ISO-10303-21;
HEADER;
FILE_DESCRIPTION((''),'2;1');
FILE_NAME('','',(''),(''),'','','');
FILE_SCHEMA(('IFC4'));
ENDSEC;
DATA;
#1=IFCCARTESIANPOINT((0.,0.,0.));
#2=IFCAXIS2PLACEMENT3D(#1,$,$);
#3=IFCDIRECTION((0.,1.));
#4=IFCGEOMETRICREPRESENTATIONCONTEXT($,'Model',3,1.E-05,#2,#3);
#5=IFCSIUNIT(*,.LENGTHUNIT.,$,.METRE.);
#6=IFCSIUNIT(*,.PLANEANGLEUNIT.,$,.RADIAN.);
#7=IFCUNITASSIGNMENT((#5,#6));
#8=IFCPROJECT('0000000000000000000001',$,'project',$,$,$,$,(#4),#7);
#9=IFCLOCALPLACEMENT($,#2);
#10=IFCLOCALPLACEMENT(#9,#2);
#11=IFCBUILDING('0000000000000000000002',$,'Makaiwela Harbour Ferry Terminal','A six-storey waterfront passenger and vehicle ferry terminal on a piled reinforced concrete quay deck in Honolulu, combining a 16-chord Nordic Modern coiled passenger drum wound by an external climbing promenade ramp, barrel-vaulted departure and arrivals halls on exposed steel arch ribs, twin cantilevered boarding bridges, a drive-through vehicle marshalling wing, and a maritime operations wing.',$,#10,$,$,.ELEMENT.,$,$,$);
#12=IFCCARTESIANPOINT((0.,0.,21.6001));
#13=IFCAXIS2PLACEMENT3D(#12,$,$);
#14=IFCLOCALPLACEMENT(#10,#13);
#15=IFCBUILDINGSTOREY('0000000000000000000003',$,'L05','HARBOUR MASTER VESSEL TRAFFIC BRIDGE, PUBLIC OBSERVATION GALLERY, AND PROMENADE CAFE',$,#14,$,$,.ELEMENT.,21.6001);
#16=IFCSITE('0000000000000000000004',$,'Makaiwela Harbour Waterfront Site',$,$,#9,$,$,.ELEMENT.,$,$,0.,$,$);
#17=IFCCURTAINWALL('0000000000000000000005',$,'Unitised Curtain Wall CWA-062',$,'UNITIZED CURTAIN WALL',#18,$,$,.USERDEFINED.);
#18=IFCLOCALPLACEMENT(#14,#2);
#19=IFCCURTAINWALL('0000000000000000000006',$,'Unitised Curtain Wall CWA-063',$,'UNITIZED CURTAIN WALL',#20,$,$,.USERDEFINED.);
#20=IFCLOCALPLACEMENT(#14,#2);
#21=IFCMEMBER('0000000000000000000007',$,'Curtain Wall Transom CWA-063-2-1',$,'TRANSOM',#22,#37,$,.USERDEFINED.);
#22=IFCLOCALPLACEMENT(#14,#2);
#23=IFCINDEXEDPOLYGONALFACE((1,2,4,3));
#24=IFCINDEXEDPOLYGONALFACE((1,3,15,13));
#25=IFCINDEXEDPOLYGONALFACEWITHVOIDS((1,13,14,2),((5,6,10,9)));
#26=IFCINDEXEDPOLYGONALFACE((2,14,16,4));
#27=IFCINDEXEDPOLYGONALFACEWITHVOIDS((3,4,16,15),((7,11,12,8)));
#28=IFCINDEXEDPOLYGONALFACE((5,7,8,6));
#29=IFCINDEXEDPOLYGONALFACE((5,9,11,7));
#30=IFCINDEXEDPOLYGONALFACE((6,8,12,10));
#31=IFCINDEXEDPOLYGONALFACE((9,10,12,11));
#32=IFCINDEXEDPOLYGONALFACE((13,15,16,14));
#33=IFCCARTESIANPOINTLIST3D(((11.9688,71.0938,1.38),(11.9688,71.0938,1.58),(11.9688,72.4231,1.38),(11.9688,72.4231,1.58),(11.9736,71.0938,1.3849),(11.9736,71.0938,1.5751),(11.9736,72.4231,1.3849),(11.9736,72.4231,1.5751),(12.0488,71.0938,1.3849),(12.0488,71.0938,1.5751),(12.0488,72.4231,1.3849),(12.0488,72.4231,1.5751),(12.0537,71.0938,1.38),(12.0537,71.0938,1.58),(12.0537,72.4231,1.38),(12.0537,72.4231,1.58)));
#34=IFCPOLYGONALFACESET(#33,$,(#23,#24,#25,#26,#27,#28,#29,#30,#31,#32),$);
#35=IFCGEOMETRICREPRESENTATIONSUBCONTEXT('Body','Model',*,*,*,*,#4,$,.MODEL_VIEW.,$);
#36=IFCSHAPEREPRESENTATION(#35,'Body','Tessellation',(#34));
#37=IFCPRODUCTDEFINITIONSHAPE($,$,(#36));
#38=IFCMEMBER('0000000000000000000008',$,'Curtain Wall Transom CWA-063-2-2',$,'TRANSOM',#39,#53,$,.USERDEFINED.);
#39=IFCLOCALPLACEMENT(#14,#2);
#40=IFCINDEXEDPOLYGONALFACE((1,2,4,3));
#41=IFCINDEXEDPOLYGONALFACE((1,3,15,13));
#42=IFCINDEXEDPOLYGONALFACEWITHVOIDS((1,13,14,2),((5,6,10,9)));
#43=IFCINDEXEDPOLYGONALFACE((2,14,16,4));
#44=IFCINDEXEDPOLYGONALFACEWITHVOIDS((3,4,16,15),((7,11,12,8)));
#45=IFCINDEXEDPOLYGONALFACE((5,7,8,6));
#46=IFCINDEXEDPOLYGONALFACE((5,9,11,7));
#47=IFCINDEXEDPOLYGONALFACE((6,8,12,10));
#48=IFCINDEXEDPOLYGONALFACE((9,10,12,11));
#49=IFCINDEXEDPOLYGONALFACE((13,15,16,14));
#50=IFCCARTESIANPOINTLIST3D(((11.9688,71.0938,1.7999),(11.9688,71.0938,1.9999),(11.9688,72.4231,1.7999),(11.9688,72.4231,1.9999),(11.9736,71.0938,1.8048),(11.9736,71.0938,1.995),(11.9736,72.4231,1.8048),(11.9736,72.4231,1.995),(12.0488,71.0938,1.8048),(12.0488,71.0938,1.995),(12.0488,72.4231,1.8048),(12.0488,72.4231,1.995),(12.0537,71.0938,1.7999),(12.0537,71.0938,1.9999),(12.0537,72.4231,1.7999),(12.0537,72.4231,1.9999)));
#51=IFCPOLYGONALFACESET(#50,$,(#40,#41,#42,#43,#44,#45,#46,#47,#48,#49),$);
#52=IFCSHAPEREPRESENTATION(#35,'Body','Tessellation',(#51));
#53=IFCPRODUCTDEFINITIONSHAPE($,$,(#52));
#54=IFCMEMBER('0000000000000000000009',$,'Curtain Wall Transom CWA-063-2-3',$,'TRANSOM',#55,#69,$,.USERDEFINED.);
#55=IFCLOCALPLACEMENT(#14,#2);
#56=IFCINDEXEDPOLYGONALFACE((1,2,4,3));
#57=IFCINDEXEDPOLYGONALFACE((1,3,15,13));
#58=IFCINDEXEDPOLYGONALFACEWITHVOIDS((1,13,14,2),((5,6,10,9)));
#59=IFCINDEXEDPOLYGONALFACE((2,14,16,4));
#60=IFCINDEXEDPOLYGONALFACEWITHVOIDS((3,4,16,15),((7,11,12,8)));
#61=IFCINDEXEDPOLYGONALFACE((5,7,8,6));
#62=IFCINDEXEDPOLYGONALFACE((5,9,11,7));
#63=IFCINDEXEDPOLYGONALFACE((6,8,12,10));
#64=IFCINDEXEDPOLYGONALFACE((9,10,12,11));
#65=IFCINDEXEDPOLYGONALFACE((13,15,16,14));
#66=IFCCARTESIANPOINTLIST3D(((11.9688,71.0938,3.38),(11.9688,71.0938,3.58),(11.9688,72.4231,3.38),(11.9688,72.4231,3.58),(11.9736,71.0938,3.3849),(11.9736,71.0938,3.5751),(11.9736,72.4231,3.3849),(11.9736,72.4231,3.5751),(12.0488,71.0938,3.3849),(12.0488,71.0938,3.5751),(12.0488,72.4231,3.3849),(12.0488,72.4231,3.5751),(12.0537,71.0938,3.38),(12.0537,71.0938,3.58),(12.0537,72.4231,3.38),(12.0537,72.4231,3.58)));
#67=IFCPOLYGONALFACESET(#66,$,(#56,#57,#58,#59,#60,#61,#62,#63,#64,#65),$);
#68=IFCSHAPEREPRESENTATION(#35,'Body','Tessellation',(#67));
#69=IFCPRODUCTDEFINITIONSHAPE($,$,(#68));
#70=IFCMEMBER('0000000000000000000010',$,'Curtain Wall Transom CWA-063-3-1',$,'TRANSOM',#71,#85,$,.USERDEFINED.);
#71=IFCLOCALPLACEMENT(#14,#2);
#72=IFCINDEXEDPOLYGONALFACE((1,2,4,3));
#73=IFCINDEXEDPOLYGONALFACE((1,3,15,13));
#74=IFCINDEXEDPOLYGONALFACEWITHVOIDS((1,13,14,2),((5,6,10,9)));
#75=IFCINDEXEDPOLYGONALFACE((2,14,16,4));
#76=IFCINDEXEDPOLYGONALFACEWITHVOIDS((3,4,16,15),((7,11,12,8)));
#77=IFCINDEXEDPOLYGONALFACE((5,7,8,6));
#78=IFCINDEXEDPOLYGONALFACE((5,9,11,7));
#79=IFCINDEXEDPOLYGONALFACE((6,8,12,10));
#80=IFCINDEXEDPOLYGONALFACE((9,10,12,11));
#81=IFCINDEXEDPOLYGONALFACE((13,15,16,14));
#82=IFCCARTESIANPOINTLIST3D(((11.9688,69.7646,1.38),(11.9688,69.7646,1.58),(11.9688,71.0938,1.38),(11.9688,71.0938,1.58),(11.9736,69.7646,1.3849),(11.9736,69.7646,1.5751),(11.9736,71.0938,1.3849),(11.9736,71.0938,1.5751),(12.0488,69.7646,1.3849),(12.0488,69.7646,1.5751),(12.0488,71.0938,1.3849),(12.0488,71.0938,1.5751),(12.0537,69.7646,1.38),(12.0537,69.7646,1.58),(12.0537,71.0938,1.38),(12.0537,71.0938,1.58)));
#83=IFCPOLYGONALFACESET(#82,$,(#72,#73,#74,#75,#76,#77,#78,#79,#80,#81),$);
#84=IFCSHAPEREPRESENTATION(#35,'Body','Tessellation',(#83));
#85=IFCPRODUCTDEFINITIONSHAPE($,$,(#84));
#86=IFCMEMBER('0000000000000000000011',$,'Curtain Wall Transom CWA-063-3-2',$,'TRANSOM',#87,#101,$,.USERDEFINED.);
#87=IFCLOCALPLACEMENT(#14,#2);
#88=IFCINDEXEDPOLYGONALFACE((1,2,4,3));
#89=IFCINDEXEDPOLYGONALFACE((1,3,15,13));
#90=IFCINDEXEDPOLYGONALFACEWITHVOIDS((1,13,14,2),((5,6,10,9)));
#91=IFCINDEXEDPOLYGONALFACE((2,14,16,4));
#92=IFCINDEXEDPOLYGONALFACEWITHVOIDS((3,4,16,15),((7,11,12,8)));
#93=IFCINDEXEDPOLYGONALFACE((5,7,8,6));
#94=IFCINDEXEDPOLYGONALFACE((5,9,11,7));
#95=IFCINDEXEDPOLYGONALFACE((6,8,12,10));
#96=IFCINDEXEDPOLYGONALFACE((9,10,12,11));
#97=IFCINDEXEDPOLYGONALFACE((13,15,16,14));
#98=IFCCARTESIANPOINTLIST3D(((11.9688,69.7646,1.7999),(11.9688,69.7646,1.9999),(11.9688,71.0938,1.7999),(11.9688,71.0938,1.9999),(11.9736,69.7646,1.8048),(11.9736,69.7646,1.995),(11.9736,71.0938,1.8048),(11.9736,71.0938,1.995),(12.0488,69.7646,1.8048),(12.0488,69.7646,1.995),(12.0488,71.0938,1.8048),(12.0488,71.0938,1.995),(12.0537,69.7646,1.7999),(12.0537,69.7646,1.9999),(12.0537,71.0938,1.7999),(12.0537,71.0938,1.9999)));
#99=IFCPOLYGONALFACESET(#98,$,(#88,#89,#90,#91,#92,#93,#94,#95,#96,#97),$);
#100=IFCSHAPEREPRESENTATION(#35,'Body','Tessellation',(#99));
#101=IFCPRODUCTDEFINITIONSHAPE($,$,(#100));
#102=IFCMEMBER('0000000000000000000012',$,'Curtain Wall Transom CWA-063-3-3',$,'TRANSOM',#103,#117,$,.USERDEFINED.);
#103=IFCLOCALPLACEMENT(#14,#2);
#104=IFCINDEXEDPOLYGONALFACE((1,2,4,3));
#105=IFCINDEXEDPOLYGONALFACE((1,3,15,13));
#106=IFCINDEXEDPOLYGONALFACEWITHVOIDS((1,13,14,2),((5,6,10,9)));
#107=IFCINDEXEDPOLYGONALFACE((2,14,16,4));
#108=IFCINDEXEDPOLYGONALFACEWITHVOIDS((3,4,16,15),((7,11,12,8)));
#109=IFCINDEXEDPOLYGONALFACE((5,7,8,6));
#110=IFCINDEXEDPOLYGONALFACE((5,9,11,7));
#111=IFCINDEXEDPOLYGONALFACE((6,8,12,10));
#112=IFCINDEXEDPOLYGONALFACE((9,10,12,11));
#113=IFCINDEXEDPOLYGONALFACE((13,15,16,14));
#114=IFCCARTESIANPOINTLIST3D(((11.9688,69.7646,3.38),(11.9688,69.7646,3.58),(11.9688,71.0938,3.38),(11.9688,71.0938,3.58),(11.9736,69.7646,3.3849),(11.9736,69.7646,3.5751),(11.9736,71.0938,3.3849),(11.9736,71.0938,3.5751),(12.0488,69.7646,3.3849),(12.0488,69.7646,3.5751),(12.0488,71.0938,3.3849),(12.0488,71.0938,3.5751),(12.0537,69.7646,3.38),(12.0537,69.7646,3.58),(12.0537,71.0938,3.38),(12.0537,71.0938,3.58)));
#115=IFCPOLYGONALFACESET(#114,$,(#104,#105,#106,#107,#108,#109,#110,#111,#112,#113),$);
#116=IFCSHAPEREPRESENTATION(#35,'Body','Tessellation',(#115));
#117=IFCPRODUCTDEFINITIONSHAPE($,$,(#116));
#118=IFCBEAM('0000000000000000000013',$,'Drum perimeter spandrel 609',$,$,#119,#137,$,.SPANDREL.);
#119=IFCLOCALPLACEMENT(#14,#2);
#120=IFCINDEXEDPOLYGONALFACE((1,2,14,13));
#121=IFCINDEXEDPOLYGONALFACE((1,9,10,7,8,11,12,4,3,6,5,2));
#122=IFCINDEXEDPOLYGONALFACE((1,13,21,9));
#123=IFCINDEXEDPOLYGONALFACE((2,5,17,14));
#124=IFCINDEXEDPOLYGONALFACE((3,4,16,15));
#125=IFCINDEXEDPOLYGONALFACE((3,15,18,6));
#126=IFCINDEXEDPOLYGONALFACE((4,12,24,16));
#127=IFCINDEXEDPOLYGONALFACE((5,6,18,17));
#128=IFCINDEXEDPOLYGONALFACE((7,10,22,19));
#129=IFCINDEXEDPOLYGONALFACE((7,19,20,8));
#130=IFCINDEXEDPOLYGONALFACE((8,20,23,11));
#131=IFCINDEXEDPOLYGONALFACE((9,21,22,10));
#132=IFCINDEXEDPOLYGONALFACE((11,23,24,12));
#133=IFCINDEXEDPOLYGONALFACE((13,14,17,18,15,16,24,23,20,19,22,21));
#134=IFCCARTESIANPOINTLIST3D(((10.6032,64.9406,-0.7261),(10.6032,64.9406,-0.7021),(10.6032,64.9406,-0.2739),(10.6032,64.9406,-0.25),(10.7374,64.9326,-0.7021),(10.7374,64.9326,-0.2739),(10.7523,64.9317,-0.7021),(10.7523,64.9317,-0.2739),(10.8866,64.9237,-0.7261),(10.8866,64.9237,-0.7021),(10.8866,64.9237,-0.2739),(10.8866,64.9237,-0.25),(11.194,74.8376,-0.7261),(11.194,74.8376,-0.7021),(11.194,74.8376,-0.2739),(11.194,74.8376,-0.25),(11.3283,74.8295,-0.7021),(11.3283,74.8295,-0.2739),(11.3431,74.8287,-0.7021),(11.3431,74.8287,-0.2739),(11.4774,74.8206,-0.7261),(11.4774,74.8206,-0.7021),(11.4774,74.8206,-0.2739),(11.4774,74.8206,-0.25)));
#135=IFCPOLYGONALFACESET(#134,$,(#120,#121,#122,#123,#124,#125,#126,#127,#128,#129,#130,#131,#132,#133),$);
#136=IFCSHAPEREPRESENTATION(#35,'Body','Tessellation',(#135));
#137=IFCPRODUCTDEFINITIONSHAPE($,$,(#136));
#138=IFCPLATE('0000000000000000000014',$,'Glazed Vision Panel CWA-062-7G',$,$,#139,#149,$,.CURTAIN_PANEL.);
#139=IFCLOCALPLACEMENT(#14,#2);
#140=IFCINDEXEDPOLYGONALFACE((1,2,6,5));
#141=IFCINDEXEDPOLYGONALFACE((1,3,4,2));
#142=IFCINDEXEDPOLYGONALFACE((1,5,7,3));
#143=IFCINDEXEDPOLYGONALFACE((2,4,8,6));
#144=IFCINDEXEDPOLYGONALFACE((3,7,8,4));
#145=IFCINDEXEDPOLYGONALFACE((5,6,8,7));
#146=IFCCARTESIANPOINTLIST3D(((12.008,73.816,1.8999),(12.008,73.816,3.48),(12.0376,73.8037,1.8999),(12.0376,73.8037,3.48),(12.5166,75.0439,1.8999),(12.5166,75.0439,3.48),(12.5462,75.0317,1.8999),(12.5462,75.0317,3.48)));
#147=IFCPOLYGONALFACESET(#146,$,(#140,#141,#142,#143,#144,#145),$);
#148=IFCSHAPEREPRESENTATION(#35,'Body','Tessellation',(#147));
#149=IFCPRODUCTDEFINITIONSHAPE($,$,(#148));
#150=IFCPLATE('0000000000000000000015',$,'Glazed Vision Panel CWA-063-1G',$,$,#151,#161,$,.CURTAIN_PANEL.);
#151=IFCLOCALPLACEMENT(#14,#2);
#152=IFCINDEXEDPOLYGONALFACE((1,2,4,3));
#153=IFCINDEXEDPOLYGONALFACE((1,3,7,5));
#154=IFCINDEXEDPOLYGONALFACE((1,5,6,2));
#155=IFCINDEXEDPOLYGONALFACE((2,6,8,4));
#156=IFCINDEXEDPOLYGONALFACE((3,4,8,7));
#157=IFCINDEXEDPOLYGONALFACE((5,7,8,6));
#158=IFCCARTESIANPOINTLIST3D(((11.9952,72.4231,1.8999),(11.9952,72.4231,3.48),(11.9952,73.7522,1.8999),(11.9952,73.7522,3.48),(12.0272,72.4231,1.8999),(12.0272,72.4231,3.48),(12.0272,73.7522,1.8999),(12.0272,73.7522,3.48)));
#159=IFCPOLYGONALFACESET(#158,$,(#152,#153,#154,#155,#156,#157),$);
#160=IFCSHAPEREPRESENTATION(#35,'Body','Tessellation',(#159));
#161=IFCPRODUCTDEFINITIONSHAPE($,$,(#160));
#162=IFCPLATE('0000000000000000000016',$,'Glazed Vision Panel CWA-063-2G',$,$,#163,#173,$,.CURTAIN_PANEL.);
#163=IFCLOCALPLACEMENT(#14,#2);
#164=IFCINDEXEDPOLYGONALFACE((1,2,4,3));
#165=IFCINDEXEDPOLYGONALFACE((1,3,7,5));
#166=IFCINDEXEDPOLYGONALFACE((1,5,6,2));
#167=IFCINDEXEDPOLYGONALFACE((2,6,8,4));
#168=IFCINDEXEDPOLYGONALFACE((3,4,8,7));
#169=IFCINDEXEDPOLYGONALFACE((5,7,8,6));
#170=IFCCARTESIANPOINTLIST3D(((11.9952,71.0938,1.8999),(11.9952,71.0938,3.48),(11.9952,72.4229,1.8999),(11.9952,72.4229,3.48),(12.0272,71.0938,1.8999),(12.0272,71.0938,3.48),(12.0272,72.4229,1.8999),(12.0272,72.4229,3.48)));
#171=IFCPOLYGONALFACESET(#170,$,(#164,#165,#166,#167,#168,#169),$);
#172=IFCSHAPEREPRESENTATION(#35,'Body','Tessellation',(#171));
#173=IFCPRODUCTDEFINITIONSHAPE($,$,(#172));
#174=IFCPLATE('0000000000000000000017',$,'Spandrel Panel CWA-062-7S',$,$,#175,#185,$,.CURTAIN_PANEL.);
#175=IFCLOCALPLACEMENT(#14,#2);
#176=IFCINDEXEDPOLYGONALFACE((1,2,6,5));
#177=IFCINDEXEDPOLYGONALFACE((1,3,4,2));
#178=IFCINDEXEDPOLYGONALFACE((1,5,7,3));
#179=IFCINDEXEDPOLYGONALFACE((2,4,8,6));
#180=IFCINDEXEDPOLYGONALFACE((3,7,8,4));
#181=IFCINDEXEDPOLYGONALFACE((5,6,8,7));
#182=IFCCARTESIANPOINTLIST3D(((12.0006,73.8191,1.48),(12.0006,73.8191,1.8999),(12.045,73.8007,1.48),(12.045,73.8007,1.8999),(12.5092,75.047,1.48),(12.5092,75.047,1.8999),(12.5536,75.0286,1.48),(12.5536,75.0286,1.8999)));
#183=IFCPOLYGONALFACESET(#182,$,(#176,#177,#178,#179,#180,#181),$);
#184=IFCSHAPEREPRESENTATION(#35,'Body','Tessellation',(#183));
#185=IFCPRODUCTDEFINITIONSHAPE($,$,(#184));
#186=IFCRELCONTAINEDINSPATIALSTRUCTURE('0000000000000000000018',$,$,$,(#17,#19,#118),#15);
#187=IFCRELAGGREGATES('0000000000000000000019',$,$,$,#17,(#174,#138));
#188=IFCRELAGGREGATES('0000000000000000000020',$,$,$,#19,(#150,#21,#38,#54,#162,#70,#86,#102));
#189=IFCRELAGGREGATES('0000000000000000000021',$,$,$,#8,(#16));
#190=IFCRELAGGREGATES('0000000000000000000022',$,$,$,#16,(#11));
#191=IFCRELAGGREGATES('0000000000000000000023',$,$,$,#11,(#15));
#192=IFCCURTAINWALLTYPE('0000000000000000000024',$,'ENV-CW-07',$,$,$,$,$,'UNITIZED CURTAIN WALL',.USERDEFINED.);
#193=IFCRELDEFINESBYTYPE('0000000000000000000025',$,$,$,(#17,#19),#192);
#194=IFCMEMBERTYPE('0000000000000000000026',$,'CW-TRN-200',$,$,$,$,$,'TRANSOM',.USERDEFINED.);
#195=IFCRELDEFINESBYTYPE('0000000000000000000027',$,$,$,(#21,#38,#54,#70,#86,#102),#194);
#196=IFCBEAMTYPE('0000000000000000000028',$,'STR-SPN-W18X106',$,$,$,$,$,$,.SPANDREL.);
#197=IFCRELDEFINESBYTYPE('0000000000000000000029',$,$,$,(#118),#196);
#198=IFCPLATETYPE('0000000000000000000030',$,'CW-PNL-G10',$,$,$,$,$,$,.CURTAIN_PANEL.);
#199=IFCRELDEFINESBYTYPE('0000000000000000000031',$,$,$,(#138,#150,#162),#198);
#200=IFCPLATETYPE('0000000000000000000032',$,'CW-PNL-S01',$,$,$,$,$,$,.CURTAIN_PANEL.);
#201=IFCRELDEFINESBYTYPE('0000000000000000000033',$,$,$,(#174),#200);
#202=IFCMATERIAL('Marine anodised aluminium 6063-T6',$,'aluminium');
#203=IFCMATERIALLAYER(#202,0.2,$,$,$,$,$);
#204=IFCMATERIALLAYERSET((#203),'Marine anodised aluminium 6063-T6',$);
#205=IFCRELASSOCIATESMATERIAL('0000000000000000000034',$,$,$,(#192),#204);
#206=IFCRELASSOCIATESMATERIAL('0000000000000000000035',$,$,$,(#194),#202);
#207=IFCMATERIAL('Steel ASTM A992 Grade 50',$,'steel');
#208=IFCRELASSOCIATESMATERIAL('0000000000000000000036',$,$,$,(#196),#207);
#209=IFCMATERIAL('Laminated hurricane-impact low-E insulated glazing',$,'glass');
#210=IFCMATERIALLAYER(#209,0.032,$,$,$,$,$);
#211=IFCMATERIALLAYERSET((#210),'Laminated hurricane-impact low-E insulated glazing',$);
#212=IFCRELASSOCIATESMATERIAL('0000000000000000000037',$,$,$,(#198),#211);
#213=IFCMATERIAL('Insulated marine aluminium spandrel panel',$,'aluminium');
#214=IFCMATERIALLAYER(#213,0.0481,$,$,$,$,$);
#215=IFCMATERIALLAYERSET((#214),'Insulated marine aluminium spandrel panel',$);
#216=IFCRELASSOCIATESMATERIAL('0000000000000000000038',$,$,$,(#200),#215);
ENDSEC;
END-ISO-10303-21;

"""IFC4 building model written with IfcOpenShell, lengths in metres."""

from ifc_helpers import new_model, si_unit, direction, frame, origin, origin_2d, place, context, subcontext, project, spatial, rectangle, hollow_rectangle, i_section, extrude, material, layer, layer_set, material_profile, profile_set, type_object, element, aggregate, save


model = new_model("IFC4")

# Units and contexts
model_context = context("Model", 3, precision=1e-05, world=origin(), true_north=direction((0.0, 1.0)))
body_context = subcontext(model_context, "Body", "Model", "MODEL_VIEW")
ifc_project = project(units=[si_unit("LENGTHUNIT", "METRE"), si_unit("PLANEANGLEUNIT", "RADIAN")], contexts=[model_context])

# Site, building, storey
site_placement = place(None, origin())
site = spatial("IfcSite", under=ifc_project, at=site_placement, Name="Makaiwela Harbour Waterfront Site", CompositionType="ELEMENT", RefElevation=0.0)
building_placement = place(site_placement, origin())
building = spatial("IfcBuilding", under=site, at=building_placement, Name="Makaiwela Harbour Ferry Terminal", Description="A six-storey waterfront passenger and vehicle ferry terminal on a piled reinforced concrete quay deck in Honolulu, combining a 16-chord Nordic Modern coiled passenger drum wound by an external climbing promenade ramp, barrel-vaulted departure and arrivals halls on exposed steel arch ribs, twin cantilevered boarding bridges, a drive-through vehicle marshalling wing, and a maritime operations wing.", CompositionType="ELEMENT")
storey_placement = place(building_placement, frame((0.0, 0.0, 21.6001)))
storey = spatial("IfcBuildingStorey", under=building, at=storey_placement, Name="L05", Description="HARBOUR MASTER VESSEL TRAFFIC BRIDGE, PUBLIC OBSERVATION GALLERY, AND PROMENADE CAFE", CompositionType="ELEMENT", Elevation=21.6001)

# Curtain walls
ifc_material_1 = material(Name="Marine anodised aluminium 6063-T6", Category="aluminium")
ifc_layer_1 = layer(ifc_material_1, 0.2)
ifc_layer_set_1 = layer_set([ifc_layer_1], Name="Marine anodised aluminium 6063-T6")
curtain_wall_type = type_object("IfcCurtainWallType", Name="ENV-CW-07", ElementType="UNITIZED CURTAIN WALL", PredefinedType="USERDEFINED", material=ifc_layer_set_1)
curtain_wall_1_placement = place(storey_placement, origin())
curtain_wall_1 = element("IfcCurtainWall", 1, at=curtain_wall_1_placement, inside=storey, type_object=curtain_wall_type, Name="Unitised Curtain Wall CWA-062", ObjectType="UNITIZED CURTAIN WALL", PredefinedType="USERDEFINED")
curtain_wall_2_placement = place(storey_placement, origin())
curtain_wall_2 = element("IfcCurtainWall", 2, at=curtain_wall_2_placement, inside=storey, type_object=curtain_wall_type, Name="Unitised Curtain Wall CWA-063", ObjectType="UNITIZED CURTAIN WALL", PredefinedType="USERDEFINED")

# Members
ifc_material_profile_1 = material_profile(ifc_material_1, hollow_rectangle(XDim=0.085, YDim=0.2, WallThickness=0.0049, at=origin_2d()), Name="CWT-200X85")
ifc_profile_set_1 = profile_set([ifc_material_profile_1], Name="Marine anodised aluminium 6063-T6")
member_type_1 = type_object("IfcMemberType", Name="CW-TRN-200", ElementType="TRANSOM", PredefinedType="USERDEFINED", material=ifc_profile_set_1)
member_1_placement = place(storey_placement, frame((12.0112, 72.4231, 1.48), z_axis=(0.0, -1.0, 0.0), x_axis=(1.0, 0.0, 0.0)))
member_1 = element("IfcMember", 3, at=member_1_placement, type_object=member_type_1, Name="Curtain Wall Transom CWA-063-2-1", ObjectType="TRANSOM", PredefinedType="USERDEFINED", context=body_context, shape_type="SweptSolid", body=[
    extrude(hollow_rectangle(XDim=0.085, YDim=0.2, WallThickness=0.0049, at=origin_2d()), origin(), (0.0, 0.0, 1.0), 1.3293),
])
member_2_placement = place(storey_placement, frame((12.0112, 72.4231, 1.8999), z_axis=(0.0, -1.0, 0.0), x_axis=(1.0, 0.0, 0.0)))
member_2 = element("IfcMember", 4, at=member_2_placement, type_object=member_type_1, Name="Curtain Wall Transom CWA-063-2-2", ObjectType="TRANSOM", PredefinedType="USERDEFINED", context=body_context, shape_type="SweptSolid", body=[
    extrude(hollow_rectangle(XDim=0.085, YDim=0.2, WallThickness=0.0049, at=origin_2d()), origin(), (0.0, 0.0, 1.0), 1.3293),
])
member_3_placement = place(storey_placement, frame((12.0112, 72.4231, 3.48), z_axis=(0.0, -1.0, 0.0), x_axis=(1.0, 0.0, 0.0)))
member_3 = element("IfcMember", 5, at=member_3_placement, type_object=member_type_1, Name="Curtain Wall Transom CWA-063-2-3", ObjectType="TRANSOM", PredefinedType="USERDEFINED", context=body_context, shape_type="SweptSolid", body=[
    extrude(hollow_rectangle(XDim=0.085, YDim=0.2, WallThickness=0.0049, at=origin_2d()), origin(), (0.0, 0.0, 1.0), 1.3293),
])
member_4_placement = place(storey_placement, frame((12.0112, 71.0938, 1.48), z_axis=(0.0, -1.0, 0.0), x_axis=(1.0, 0.0, 0.0)))
member_4 = element("IfcMember", 6, at=member_4_placement, type_object=member_type_1, Name="Curtain Wall Transom CWA-063-3-1", ObjectType="TRANSOM", PredefinedType="USERDEFINED", context=body_context, shape_type="SweptSolid", body=[
    extrude(hollow_rectangle(XDim=0.085, YDim=0.2, WallThickness=0.0049, at=origin_2d()), origin(), (0.0, 0.0, 1.0), 1.3291),
])
member_5_placement = place(storey_placement, frame((12.0112, 71.0938, 1.8999), z_axis=(0.0, -1.0, 0.0), x_axis=(1.0, 0.0, 0.0)))
member_5 = element("IfcMember", 7, at=member_5_placement, type_object=member_type_1, Name="Curtain Wall Transom CWA-063-3-2", ObjectType="TRANSOM", PredefinedType="USERDEFINED", context=body_context, shape_type="SweptSolid", body=[
    extrude(hollow_rectangle(XDim=0.085, YDim=0.2, WallThickness=0.0049, at=origin_2d()), origin(), (0.0, 0.0, 1.0), 1.3291),
])
member_6_placement = place(storey_placement, frame((12.0112, 71.0938, 3.48), z_axis=(0.0, -1.0, 0.0), x_axis=(1.0, 0.0, 0.0)))
member_6 = element("IfcMember", 8, at=member_6_placement, type_object=member_type_1, Name="Curtain Wall Transom CWA-063-3-3", ObjectType="TRANSOM", PredefinedType="USERDEFINED", context=body_context, shape_type="SweptSolid", body=[
    extrude(hollow_rectangle(XDim=0.085, YDim=0.2, WallThickness=0.0049, at=origin_2d()), origin(), (0.0, 0.0, 1.0), 1.3291),
])

# Beam
ifc_material_2 = material(Name="Steel ASTM A992 Grade 50", Category="steel")
ifc_material_profile_2 = material_profile(ifc_material_2, i_section(OverallWidth=0.2839, OverallDepth=0.4761, WebThickness=0.0149, FlangeThickness=0.0239, at=origin_2d()), Name="W18X106")
ifc_profile_set_2 = profile_set([ifc_material_profile_2], Name="Steel ASTM A992 Grade 50")
beam_type = type_object("IfcBeamType", Name="STR-SPN-W18X106", PredefinedType="SPANDREL", material=ifc_profile_set_2)
beam_placement = place(storey_placement, frame((11.3357, 74.8291, -0.488), z_axis=(-0.059591, -0.998223, 0.0), x_axis=(0.998223, -0.059591, 0.0)))
element("IfcBeam", 9, at=beam_placement, inside=storey, type_object=beam_type, Name="Drum perimeter spandrel 609", PredefinedType="SPANDREL", context=body_context, shape_type="SweptSolid", body=[
    extrude(i_section(OverallWidth=0.2839, OverallDepth=0.4761, WebThickness=0.0149, FlangeThickness=0.0239, at=origin_2d()), origin(), (0.0, 0.0, 1.0), 9.9146),
])

# Plates
ifc_material_3 = material(Name="Laminated hurricane-impact low-E insulated glazing", Category="glass")
ifc_layer_2 = layer(ifc_material_3, 0.032)
ifc_layer_set_2 = layer_set([ifc_layer_2], Name="Laminated hurricane-impact low-E insulated glazing")
plate_type_1 = type_object("IfcPlateType", Name="CW-PNL-G10", PredefinedType="CURTAIN_PANEL", material=ifc_layer_set_2)
plate_1_placement = place(storey_placement, frame((12.2771, 74.4238, 1.8999), z_axis=(0.0, 0.0, 1.0), x_axis=(-0.382683, -0.92388, 0.0)))
plate_1 = element("IfcPlate", 10, at=plate_1_placement, type_object=plate_type_1, Name="Glazed Vision Panel CWA-062-7G", PredefinedType="CURTAIN_PANEL", context=body_context, shape_type="SweptSolid", body=[
    extrude(rectangle(XDim=1.3291, YDim=0.032, at=origin_2d()), origin(), (0.0, 0.0, 1.0), 1.5801),
])
plate_2_placement = place(storey_placement, frame((12.0112, 73.0876, 1.8999), z_axis=(0.0, 0.0, 1.0), x_axis=(0.0, -1.0, 0.0)))
plate_2 = element("IfcPlate", 11, at=plate_2_placement, type_object=plate_type_1, Name="Glazed Vision Panel CWA-063-1G", PredefinedType="CURTAIN_PANEL", context=body_context, shape_type="SweptSolid", body=[
    extrude(rectangle(XDim=1.3291, YDim=0.032, at=origin_2d()), origin(), (0.0, 0.0, 1.0), 1.5801),
])
plate_3_placement = place(storey_placement, frame((12.0112, 71.7583, 1.8999), z_axis=(0.0, 0.0, 1.0), x_axis=(0.0, -1.0, 0.0)))
plate_3 = element("IfcPlate", 12, at=plate_3_placement, type_object=plate_type_1, Name="Glazed Vision Panel CWA-063-2G", PredefinedType="CURTAIN_PANEL", context=body_context, shape_type="SweptSolid", body=[
    extrude(rectangle(XDim=1.3291, YDim=0.032, at=origin_2d()), origin(), (0.0, 0.0, 1.0), 1.5801),
])
ifc_material_4 = material(Name="Insulated marine aluminium spandrel panel", Category="aluminium")
ifc_layer_3 = layer(ifc_material_4, 0.0481)
ifc_layer_set_3 = layer_set([ifc_layer_3], Name="Insulated marine aluminium spandrel panel")
plate_type_2 = type_object("IfcPlateType", Name="CW-PNL-S01", PredefinedType="CURTAIN_PANEL", material=ifc_layer_set_3)
plate_4_placement = place(storey_placement, frame((12.2771, 74.4238, 1.48), z_axis=(0.0, 0.0, 1.0), x_axis=(-0.382683, -0.92388, 0.0)))
plate_4 = element("IfcPlate", 13, at=plate_4_placement, type_object=plate_type_2, Name="Spandrel Panel CWA-062-7S", PredefinedType="CURTAIN_PANEL", context=body_context, shape_type="SweptSolid", body=[
    extrude(rectangle(XDim=1.3291, YDim=0.0481, at=origin_2d()), origin(), (0.0, 0.0, 1.0), 0.4199),
])
aggregate(curtain_wall_1, [plate_4, plate_1])
aggregate(curtain_wall_2, [plate_2, member_1, member_2, member_3, plate_3, member_4, member_5, member_6])

save(model, "model.ifc")
